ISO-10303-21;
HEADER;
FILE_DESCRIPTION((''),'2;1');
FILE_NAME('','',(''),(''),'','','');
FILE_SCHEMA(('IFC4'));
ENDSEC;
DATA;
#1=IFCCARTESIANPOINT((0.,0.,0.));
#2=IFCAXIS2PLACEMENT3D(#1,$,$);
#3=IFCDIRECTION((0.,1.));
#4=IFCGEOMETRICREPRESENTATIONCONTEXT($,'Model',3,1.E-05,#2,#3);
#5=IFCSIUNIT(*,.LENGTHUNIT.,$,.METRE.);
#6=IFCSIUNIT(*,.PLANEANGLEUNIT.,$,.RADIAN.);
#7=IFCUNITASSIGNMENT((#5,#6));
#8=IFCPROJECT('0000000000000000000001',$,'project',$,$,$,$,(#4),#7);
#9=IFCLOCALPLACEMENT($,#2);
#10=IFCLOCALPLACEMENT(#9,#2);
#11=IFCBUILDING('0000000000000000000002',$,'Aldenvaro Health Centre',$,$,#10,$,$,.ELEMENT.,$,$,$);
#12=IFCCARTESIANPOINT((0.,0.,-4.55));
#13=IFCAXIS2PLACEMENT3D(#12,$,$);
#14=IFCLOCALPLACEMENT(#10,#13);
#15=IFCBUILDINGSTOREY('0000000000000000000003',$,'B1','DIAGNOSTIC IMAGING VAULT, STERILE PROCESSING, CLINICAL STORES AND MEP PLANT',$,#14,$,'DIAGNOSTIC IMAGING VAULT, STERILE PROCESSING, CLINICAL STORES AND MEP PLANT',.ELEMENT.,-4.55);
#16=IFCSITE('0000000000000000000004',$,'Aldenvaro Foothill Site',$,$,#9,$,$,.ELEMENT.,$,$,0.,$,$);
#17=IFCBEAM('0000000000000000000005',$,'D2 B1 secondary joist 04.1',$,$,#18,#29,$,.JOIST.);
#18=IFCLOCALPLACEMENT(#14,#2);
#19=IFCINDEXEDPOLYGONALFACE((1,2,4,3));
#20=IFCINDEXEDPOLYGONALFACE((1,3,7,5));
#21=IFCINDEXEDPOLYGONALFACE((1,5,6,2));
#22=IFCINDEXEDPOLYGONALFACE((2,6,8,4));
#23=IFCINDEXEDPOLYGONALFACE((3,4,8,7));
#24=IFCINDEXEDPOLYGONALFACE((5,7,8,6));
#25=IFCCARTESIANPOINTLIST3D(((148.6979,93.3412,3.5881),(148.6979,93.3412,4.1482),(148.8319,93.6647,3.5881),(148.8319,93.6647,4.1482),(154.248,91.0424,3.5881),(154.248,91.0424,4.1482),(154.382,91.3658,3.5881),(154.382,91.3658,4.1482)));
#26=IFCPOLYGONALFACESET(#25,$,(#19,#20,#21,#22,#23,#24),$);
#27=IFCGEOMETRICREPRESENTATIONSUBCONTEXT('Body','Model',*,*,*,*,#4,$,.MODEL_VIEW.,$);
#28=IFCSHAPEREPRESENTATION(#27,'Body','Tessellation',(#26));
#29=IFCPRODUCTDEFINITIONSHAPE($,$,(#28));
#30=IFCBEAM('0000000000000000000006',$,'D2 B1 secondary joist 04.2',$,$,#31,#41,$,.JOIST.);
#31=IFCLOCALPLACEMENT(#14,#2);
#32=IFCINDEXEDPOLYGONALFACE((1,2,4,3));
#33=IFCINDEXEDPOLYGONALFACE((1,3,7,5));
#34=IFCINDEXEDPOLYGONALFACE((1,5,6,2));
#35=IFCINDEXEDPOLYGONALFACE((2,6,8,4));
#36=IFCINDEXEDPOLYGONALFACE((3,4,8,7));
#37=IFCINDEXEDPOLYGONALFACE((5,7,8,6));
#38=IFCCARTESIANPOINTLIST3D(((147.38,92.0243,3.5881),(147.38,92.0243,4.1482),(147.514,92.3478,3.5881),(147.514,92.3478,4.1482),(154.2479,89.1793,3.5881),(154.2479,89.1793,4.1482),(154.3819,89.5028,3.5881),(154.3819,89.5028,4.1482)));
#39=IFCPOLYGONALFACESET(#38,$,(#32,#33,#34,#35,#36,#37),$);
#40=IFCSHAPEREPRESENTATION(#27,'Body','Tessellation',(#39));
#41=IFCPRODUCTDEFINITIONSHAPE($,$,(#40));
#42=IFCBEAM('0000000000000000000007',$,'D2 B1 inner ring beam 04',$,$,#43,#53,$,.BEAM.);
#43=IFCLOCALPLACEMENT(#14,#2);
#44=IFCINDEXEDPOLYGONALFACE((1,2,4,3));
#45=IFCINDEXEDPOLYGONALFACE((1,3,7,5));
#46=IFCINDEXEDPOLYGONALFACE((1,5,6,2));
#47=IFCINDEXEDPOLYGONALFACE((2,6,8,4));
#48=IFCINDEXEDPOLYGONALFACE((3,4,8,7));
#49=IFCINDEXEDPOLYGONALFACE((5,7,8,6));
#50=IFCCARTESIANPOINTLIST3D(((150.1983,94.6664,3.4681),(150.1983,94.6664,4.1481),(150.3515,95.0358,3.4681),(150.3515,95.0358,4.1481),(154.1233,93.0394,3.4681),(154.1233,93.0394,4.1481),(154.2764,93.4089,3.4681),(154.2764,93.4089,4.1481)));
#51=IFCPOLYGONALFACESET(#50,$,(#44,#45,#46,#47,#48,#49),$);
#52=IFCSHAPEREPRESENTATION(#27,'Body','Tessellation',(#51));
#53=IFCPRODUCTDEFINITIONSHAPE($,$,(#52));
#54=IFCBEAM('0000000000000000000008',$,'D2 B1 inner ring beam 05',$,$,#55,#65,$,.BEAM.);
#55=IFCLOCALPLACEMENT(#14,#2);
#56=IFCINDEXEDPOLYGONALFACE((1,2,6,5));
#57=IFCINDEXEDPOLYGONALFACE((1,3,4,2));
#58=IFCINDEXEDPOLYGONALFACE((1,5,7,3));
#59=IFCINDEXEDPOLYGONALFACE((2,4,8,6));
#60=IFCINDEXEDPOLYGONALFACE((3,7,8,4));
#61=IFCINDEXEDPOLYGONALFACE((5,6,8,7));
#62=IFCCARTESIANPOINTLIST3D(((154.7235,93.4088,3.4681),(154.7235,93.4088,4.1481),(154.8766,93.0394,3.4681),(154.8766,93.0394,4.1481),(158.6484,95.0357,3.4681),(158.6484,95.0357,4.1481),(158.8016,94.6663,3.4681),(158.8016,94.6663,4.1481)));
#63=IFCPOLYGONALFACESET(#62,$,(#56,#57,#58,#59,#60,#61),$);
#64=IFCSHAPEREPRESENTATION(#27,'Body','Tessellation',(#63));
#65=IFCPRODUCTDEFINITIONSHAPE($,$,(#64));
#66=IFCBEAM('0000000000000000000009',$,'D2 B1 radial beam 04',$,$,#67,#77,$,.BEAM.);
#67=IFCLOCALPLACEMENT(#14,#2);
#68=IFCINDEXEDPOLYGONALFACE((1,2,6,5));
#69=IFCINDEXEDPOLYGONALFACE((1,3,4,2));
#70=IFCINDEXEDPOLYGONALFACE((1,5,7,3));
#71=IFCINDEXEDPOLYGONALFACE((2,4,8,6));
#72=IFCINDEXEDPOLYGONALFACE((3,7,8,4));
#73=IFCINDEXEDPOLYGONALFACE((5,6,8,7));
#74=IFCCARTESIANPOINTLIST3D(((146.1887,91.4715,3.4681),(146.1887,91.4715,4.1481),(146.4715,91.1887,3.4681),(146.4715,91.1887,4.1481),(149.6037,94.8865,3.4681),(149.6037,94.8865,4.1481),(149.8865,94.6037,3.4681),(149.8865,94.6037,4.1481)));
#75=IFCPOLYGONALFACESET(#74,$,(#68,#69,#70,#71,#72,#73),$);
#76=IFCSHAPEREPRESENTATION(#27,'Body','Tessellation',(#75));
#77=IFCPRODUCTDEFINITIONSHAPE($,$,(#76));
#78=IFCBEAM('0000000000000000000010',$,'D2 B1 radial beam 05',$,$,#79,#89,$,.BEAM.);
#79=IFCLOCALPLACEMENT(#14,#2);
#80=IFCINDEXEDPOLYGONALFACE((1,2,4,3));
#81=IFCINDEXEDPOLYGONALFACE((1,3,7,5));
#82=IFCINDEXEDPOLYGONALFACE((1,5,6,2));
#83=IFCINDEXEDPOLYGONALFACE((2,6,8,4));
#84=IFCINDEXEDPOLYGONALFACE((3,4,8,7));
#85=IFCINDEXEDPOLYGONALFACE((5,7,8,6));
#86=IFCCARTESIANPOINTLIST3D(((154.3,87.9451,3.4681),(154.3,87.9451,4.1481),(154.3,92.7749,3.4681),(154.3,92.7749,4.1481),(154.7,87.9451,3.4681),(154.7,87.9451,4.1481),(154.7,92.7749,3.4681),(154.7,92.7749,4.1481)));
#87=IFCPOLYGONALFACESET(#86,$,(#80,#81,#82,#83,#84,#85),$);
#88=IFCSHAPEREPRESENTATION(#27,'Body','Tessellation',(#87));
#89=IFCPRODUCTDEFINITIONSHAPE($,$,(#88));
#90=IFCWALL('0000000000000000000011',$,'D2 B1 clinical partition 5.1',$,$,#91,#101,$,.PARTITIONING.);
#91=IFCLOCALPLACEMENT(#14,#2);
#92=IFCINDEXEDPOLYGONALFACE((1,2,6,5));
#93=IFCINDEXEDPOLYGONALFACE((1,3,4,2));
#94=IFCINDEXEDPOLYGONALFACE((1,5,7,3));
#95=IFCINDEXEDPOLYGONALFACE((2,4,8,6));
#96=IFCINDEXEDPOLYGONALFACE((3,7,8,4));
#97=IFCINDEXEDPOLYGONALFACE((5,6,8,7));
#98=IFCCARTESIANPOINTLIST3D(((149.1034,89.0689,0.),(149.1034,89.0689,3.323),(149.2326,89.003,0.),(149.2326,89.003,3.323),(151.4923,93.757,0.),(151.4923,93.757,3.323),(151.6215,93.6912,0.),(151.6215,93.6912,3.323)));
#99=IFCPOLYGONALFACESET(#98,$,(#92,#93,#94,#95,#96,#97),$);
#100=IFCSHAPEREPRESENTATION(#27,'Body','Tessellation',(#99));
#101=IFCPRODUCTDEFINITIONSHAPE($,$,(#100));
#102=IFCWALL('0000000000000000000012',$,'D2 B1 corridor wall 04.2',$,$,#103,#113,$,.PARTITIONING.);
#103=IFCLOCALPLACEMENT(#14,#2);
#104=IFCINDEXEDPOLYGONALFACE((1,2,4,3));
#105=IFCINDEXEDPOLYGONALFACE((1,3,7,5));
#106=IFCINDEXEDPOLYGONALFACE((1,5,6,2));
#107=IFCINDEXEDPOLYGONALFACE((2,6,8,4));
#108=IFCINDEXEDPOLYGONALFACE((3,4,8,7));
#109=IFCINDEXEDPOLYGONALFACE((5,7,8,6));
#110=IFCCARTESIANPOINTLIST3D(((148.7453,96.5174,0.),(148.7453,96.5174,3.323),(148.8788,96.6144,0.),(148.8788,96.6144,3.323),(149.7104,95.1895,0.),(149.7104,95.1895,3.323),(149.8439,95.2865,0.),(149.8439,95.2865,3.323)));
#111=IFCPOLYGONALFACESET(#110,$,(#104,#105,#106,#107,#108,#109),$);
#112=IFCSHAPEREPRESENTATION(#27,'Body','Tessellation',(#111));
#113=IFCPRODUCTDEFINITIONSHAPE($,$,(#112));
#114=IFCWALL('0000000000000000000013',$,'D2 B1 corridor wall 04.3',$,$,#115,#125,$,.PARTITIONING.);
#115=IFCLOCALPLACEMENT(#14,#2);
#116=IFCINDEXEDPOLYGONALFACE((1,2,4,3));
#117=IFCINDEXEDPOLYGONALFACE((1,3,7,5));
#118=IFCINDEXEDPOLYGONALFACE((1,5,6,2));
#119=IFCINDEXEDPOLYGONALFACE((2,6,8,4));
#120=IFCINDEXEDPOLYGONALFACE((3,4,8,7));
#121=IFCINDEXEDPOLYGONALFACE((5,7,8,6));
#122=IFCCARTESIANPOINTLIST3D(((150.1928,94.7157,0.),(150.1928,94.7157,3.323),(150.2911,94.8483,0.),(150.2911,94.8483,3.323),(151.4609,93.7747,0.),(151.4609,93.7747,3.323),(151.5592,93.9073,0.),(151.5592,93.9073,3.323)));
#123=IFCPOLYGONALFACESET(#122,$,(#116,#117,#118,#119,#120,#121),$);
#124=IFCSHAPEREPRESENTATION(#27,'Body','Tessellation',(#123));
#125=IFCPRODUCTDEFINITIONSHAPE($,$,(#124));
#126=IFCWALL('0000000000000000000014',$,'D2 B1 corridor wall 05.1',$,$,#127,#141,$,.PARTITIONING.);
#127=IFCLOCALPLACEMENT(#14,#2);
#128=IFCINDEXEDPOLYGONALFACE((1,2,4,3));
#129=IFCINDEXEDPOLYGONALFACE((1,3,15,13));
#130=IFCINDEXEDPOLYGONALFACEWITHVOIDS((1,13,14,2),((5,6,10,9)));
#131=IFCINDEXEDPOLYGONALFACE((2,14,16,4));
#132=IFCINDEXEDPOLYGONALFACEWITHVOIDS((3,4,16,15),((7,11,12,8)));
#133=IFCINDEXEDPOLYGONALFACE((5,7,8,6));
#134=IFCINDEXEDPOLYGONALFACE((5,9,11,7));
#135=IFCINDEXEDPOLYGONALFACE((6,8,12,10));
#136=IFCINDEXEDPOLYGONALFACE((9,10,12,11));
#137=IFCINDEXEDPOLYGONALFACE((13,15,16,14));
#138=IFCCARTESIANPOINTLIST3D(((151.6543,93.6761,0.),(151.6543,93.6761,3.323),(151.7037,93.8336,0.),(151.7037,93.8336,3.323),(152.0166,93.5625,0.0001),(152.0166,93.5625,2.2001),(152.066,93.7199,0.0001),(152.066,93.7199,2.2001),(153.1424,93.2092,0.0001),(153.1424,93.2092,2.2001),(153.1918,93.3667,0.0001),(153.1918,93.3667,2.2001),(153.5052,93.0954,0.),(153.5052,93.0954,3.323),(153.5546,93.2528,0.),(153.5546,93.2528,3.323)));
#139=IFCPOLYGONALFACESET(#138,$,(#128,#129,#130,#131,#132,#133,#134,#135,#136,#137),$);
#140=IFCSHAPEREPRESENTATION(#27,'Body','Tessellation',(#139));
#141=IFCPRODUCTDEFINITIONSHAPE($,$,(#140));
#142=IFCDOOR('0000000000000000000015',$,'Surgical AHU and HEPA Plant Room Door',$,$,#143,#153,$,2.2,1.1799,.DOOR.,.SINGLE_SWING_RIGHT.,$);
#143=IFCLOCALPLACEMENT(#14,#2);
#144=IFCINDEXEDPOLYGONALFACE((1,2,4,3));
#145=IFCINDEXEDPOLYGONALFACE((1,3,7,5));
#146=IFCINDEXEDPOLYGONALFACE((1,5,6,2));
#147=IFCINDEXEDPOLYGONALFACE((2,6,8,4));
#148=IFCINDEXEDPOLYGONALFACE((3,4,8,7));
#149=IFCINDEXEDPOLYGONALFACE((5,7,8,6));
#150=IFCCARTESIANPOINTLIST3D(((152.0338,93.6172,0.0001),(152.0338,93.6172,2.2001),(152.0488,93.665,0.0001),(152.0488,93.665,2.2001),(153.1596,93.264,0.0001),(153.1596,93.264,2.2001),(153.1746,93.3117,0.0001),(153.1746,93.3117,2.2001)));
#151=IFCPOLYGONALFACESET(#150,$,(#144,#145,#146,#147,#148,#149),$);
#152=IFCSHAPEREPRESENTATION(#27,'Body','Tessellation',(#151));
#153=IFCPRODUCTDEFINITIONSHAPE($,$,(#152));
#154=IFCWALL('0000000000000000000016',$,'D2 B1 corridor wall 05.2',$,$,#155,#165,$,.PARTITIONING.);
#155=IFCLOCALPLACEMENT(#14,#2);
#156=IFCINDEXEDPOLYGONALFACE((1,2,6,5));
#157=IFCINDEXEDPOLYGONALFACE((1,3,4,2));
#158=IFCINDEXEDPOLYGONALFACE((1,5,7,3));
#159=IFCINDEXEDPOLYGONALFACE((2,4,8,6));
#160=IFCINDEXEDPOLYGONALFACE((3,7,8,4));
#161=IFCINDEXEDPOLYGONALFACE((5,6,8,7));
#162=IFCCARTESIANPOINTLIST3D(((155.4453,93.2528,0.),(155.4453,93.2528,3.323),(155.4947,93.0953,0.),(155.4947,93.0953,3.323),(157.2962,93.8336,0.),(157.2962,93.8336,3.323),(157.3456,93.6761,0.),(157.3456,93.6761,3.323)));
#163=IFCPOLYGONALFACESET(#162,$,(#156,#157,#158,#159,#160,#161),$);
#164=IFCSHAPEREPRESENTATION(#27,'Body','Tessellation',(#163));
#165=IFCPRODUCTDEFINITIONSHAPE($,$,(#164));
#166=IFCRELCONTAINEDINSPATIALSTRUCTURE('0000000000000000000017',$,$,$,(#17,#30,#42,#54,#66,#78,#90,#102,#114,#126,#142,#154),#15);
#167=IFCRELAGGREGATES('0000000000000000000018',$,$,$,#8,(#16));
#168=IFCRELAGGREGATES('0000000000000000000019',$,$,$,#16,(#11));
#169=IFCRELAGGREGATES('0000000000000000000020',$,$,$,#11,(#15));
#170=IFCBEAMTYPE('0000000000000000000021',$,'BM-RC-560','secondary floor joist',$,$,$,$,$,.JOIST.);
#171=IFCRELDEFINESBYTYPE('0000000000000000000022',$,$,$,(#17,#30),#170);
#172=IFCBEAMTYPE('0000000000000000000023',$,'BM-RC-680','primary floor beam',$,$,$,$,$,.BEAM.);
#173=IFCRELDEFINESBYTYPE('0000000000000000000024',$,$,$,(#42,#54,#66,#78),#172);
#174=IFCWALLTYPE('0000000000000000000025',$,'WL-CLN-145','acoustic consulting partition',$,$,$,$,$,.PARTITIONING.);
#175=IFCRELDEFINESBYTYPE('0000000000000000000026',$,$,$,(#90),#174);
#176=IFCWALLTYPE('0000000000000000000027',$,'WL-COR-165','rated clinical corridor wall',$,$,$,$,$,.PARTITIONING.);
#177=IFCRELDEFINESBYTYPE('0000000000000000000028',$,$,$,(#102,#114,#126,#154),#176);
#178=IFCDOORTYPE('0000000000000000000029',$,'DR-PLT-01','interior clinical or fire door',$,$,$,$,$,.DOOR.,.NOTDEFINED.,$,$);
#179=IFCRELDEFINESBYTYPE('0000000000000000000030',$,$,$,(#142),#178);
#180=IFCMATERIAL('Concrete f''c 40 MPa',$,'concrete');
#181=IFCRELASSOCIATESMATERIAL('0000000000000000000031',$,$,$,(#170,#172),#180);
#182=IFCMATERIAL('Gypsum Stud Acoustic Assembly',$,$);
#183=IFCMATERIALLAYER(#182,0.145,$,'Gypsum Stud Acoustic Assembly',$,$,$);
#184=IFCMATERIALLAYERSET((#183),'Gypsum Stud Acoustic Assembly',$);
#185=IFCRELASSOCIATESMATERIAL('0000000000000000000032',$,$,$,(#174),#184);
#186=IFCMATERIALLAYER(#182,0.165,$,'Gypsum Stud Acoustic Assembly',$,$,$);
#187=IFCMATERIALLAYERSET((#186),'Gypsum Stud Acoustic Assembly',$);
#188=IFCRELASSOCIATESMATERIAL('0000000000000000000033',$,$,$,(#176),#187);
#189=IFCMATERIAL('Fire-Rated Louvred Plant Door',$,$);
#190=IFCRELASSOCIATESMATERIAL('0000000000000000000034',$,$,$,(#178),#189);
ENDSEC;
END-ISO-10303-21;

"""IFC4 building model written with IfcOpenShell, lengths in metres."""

from ifc_helpers import new_model, si_unit, direction, frame, frame_2d, origin, origin_2d, place, context, subcontext, project, spatial, rectangle, extrude, material, layer, layer_set, material_profile, profile_set, type_object, element, fill, save


model = new_model("IFC4")

# Units and contexts
model_context = context("Model", 3, precision=1e-05, world=origin(), true_north=direction((0.0, 1.0)))
body_context = subcontext(model_context, "Body", "Model", "MODEL_VIEW")
ifc_project = project(units=[si_unit("LENGTHUNIT", "METRE"), si_unit("PLANEANGLEUNIT", "RADIAN")], contexts=[model_context])

# Site, building, storey
site_placement = place(None, origin())
site = spatial("IfcSite", under=ifc_project, at=site_placement, Name="Aldenvaro Foothill Site", CompositionType="ELEMENT", RefElevation=0.0)
building_placement = place(site_placement, origin())
building = spatial("IfcBuilding", under=site, at=building_placement, Name="Aldenvaro Health Centre", CompositionType="ELEMENT")
storey_placement = place(building_placement, frame((0.0, 0.0, -4.55)))
storey = spatial("IfcBuildingStorey", under=building, at=storey_placement, Name="B1", Description="DIAGNOSTIC IMAGING VAULT, STERILE PROCESSING, CLINICAL STORES AND MEP PLANT", LongName="DIAGNOSTIC IMAGING VAULT, STERILE PROCESSING, CLINICAL STORES AND MEP PLANT", CompositionType="ELEMENT", Elevation=-4.55)

# Shared definitions
ifc_material_1 = material(Name="Concrete f'c 40 MPa", Category="concrete")

# Beams
ifc_material_profile_1 = material_profile(ifc_material_1, rectangle(XDim=0.3501, YDim=0.5601, at=origin_2d()), Name="RC 350x560", Category="concrete")
ifc_profile_set_1 = profile_set([ifc_material_profile_1], Name="Concrete f'c 40 MPa")
beam_type_1 = type_object("IfcBeamType", Name="BM-RC-560", Description="secondary floor joist", PredefinedType="JOIST", material=ifc_profile_set_1)
beam_1_placement = place(storey_placement, frame((148.7649, 93.5029, 3.8682), z_axis=(0.923884, -0.382672, 0.0), x_axis=(0.382672, 0.923884, 0.0)))
element("IfcBeam", 1, at=beam_1_placement, inside=storey, type_object=beam_type_1, Name="D2 B1 secondary joist 04.1", PredefinedType="JOIST", context=body_context, shape_type="SweptSolid", body=[
    extrude(rectangle(XDim=0.3501, YDim=0.5601, at=origin_2d()), origin(), (0.0, 0.0, 1.0), 6.0073),
])
beam_2_placement = place(storey_placement, frame((147.447, 92.186, 3.8682), z_axis=(0.923871, -0.382705, 0.0), x_axis=(0.382705, 0.923871, 0.0)))
element("IfcBeam", 2, at=beam_2_placement, inside=storey, type_object=beam_type_1, Name="D2 B1 secondary joist 04.2", PredefinedType="JOIST", context=body_context, shape_type="SweptSolid", body=[
    extrude(rectangle(XDim=0.3501, YDim=0.5601, at=origin_2d()), origin(), (0.0, 0.0, 1.0), 7.4338),
])
ifc_material_profile_2 = material_profile(ifc_material_1, rectangle(XDim=0.3999, YDim=0.6799, at=origin_2d()), Name="RC 400x680", Category="concrete")
ifc_profile_set_2 = profile_set([ifc_material_profile_2], Name="Concrete f'c 40 MPa")
beam_type_2 = type_object("IfcBeamType", Name="BM-RC-680", Description="primary floor beam", PredefinedType="BEAM", material=ifc_profile_set_2)
for number, where, z_axis, x_axis, name in (
    (3, (150.2749, 94.8511, 3.8081), (0.923784, -0.382913, 0.0), (0.382913, 0.923784, 0.0), "D2 B1 inner ring beam 04"),
    (4, (154.8, 93.2241, 3.8081), (0.923784, 0.382913, 0.0), (-0.382913, 0.923784, 0.0), "D2 B1 inner ring beam 05"),
):
    element("IfcBeam", number, at=place(storey_placement, frame(where, z_axis=z_axis, x_axis=x_axis)), inside=storey, type_object=beam_type_2, Name=name, PredefinedType="BEAM", context=body_context, shape_type="SweptSolid", body=[
        extrude(rectangle(XDim=0.3999, YDim=0.6799, at=origin_2d()), origin(), (0.0, 0.0, 1.0), 4.2488),
    ])
beam_3_placement = place(storey_placement, frame((149.7451, 94.7451, 3.8081), z_axis=(-0.707107, -0.707107, 0.0), x_axis=(0.707107, -0.707107, 0.0)))
element("IfcBeam", 5, at=beam_3_placement, inside=storey, type_object=beam_type_2, Name="D2 B1 radial beam 04", PredefinedType="BEAM", context=body_context, shape_type="SweptSolid", body=[
    extrude(rectangle(XDim=0.3999, YDim=0.6799, at=origin_2d()), origin(), (0.0, 0.0, 1.0), 4.8296),
])
beam_4_placement = place(storey_placement, frame((154.5, 92.7749, 3.8081), z_axis=(0.0, -1.0, 0.0), x_axis=(1.0, 0.0, 0.0)))
element("IfcBeam", 6, at=beam_4_placement, inside=storey, type_object=beam_type_2, Name="D2 B1 radial beam 05", PredefinedType="BEAM", context=body_context, shape_type="SweptSolid", body=[
    extrude(rectangle(XDim=0.3999, YDim=0.6799, at=origin_2d()), origin(), (0.0, 0.0, 1.0), 4.8298),
])

# Walls
ifc_material_2 = material(Name="Gypsum Stud Acoustic Assembly")
ifc_layer_1 = layer(ifc_material_2, 0.145, Name="Gypsum Stud Acoustic Assembly")
ifc_layer_set_1 = layer_set([ifc_layer_1], Name="Gypsum Stud Acoustic Assembly")
wall_type_1 = type_object("IfcWallType", Name="WL-CLN-145", Description="acoustic consulting partition", PredefinedType="PARTITIONING", material=ifc_layer_set_1)
wall_1_placement = place(storey_placement, frame((151.5569, 93.7241, 0.0), z_axis=(0.0, 0.0, 1.0), x_axis=(-0.454012, -0.890996, 0.0)))
element("IfcWall", 7, at=wall_1_placement, inside=storey, type_object=wall_type_1, Name="D2 B1 clinical partition 5.1", PredefinedType="PARTITIONING", context=body_context, shape_type="SweptSolid", body=[
    extrude(rectangle(XDim=5.2617, YDim=0.145, at=frame_2d((2.6309, 0.0))), origin(), (0.0, 0.0, 1.0), 3.323),
])
ifc_layer_2 = layer(ifc_material_2, 0.165, Name="Gypsum Stud Acoustic Assembly")
ifc_layer_set_2 = layer_set([ifc_layer_2], Name="Gypsum Stud Acoustic Assembly")
wall_type_2 = type_object("IfcWallType", Name="WL-COR-165", Description="rated clinical corridor wall", PredefinedType="PARTITIONING", material=ifc_layer_set_2)
wall_2_placement = place(storey_placement, frame((148.812, 96.5659, 0.0), z_axis=(0.0, 0.0, 1.0), x_axis=(0.587915, -0.808923, 0.0)))
element("IfcWall", 8, at=wall_2_placement, inside=storey, type_object=wall_type_2, Name="D2 B1 corridor wall 04.2", PredefinedType="PARTITIONING", context=body_context, shape_type="SweptSolid", body=[
    extrude(rectangle(XDim=1.6416, YDim=0.165, at=frame_2d((0.8208, 0.0))), origin(), (0.0, 0.0, 1.0), 3.323),
])
wall_3_placement = place(storey_placement, frame((150.2419, 94.782, 0.0), z_axis=(0.0, 0.0, 1.0), x_axis=(0.803069, -0.595886, 0.0)))
element("IfcWall", 9, at=wall_3_placement, inside=storey, type_object=wall_type_2, Name="D2 B1 corridor wall 04.3", PredefinedType="PARTITIONING", context=body_context, shape_type="SweptSolid", body=[
    extrude(rectangle(XDim=1.5791, YDim=0.165, at=frame_2d((0.7896, 0.0))), origin(), (0.0, 0.0, 1.0), 3.323),
])

# Wall, opening, door
wall_4_placement = place(storey_placement, frame((151.679, 93.7549, 0.0), z_axis=(0.0, 0.0, 1.0), x_axis=(0.954135, -0.299378, 0.0)))
wall_4 = element("IfcWall", 10, at=wall_4_placement, inside=storey, type_object=wall_type_2, Name="D2 B1 corridor wall 05.1", PredefinedType="PARTITIONING", context=body_context, shape_type="SweptSolid", body=[
    extrude(rectangle(XDim=1.9399, YDim=0.165, at=frame_2d((0.97, 0.0))), origin(), (0.0, 0.0, 1.0), 3.323),
])
opening_placement = place(wall_4_placement, frame((0.3799, 0.0, 0.0)))
opening = element("IfcOpeningElement", 11, at=opening_placement, cuts=wall_4, PredefinedType="OPENING", context=body_context, shape_type="SweptSolid", body=[
    extrude(rectangle(XDim=1.1799, YDim=2.2, at=frame_2d((0.5898, 1.1001))), frame((0.0, 0.0925, 0.0), z_axis=(0.0, -1.0, 0.0), x_axis=(1.0, 0.0, 0.0)), (0.0, 0.0, 1.0), 0.1851),
])
ifc_material_3 = material(Name="Fire-Rated Louvred Plant Door")
door_type = type_object("IfcDoorType", Name="DR-PLT-01", Description="interior clinical or fire door", OperationType="NOTDEFINED", PredefinedType="DOOR", material=ifc_material_3)
door_placement = place(opening_placement, origin())
door = element("IfcDoor", 12, at=door_placement, inside=storey, type_object=door_type, Name="Surgical AHU and HEPA Plant Room Door", OperationType="SINGLE_SWING_RIGHT", OverallHeight=2.2, OverallWidth=1.1799, PredefinedType="DOOR", context=body_context, shape_type="SweptSolid", body=[
    extrude(rectangle(XDim=1.1799, YDim=2.2, at=frame_2d((0.5898, 1.1001))), frame((0.0, 0.0249, 0.0), z_axis=(0.0, -1.0, 0.0), x_axis=(1.0, 0.0, 0.0)), (0.0, 0.0, 1.0), 0.05),
])
fill(opening, door)

# Wall
wall_5_placement = place(storey_placement, frame((155.47, 93.1741, 0.0), z_axis=(0.0, 0.0, 1.0), x_axis=(0.954135, 0.299378, 0.0)))
element("IfcWall", 13, at=wall_5_placement, inside=storey, type_object=wall_type_2, Name="D2 B1 corridor wall 05.2", PredefinedType="PARTITIONING", context=body_context, shape_type="SweptSolid", body=[
    extrude(rectangle(XDim=1.9399, YDim=0.165, at=frame_2d((0.97, 0.0))), origin(), (0.0, 0.0, 1.0), 3.323),
])

save(model, "model.ifc")
